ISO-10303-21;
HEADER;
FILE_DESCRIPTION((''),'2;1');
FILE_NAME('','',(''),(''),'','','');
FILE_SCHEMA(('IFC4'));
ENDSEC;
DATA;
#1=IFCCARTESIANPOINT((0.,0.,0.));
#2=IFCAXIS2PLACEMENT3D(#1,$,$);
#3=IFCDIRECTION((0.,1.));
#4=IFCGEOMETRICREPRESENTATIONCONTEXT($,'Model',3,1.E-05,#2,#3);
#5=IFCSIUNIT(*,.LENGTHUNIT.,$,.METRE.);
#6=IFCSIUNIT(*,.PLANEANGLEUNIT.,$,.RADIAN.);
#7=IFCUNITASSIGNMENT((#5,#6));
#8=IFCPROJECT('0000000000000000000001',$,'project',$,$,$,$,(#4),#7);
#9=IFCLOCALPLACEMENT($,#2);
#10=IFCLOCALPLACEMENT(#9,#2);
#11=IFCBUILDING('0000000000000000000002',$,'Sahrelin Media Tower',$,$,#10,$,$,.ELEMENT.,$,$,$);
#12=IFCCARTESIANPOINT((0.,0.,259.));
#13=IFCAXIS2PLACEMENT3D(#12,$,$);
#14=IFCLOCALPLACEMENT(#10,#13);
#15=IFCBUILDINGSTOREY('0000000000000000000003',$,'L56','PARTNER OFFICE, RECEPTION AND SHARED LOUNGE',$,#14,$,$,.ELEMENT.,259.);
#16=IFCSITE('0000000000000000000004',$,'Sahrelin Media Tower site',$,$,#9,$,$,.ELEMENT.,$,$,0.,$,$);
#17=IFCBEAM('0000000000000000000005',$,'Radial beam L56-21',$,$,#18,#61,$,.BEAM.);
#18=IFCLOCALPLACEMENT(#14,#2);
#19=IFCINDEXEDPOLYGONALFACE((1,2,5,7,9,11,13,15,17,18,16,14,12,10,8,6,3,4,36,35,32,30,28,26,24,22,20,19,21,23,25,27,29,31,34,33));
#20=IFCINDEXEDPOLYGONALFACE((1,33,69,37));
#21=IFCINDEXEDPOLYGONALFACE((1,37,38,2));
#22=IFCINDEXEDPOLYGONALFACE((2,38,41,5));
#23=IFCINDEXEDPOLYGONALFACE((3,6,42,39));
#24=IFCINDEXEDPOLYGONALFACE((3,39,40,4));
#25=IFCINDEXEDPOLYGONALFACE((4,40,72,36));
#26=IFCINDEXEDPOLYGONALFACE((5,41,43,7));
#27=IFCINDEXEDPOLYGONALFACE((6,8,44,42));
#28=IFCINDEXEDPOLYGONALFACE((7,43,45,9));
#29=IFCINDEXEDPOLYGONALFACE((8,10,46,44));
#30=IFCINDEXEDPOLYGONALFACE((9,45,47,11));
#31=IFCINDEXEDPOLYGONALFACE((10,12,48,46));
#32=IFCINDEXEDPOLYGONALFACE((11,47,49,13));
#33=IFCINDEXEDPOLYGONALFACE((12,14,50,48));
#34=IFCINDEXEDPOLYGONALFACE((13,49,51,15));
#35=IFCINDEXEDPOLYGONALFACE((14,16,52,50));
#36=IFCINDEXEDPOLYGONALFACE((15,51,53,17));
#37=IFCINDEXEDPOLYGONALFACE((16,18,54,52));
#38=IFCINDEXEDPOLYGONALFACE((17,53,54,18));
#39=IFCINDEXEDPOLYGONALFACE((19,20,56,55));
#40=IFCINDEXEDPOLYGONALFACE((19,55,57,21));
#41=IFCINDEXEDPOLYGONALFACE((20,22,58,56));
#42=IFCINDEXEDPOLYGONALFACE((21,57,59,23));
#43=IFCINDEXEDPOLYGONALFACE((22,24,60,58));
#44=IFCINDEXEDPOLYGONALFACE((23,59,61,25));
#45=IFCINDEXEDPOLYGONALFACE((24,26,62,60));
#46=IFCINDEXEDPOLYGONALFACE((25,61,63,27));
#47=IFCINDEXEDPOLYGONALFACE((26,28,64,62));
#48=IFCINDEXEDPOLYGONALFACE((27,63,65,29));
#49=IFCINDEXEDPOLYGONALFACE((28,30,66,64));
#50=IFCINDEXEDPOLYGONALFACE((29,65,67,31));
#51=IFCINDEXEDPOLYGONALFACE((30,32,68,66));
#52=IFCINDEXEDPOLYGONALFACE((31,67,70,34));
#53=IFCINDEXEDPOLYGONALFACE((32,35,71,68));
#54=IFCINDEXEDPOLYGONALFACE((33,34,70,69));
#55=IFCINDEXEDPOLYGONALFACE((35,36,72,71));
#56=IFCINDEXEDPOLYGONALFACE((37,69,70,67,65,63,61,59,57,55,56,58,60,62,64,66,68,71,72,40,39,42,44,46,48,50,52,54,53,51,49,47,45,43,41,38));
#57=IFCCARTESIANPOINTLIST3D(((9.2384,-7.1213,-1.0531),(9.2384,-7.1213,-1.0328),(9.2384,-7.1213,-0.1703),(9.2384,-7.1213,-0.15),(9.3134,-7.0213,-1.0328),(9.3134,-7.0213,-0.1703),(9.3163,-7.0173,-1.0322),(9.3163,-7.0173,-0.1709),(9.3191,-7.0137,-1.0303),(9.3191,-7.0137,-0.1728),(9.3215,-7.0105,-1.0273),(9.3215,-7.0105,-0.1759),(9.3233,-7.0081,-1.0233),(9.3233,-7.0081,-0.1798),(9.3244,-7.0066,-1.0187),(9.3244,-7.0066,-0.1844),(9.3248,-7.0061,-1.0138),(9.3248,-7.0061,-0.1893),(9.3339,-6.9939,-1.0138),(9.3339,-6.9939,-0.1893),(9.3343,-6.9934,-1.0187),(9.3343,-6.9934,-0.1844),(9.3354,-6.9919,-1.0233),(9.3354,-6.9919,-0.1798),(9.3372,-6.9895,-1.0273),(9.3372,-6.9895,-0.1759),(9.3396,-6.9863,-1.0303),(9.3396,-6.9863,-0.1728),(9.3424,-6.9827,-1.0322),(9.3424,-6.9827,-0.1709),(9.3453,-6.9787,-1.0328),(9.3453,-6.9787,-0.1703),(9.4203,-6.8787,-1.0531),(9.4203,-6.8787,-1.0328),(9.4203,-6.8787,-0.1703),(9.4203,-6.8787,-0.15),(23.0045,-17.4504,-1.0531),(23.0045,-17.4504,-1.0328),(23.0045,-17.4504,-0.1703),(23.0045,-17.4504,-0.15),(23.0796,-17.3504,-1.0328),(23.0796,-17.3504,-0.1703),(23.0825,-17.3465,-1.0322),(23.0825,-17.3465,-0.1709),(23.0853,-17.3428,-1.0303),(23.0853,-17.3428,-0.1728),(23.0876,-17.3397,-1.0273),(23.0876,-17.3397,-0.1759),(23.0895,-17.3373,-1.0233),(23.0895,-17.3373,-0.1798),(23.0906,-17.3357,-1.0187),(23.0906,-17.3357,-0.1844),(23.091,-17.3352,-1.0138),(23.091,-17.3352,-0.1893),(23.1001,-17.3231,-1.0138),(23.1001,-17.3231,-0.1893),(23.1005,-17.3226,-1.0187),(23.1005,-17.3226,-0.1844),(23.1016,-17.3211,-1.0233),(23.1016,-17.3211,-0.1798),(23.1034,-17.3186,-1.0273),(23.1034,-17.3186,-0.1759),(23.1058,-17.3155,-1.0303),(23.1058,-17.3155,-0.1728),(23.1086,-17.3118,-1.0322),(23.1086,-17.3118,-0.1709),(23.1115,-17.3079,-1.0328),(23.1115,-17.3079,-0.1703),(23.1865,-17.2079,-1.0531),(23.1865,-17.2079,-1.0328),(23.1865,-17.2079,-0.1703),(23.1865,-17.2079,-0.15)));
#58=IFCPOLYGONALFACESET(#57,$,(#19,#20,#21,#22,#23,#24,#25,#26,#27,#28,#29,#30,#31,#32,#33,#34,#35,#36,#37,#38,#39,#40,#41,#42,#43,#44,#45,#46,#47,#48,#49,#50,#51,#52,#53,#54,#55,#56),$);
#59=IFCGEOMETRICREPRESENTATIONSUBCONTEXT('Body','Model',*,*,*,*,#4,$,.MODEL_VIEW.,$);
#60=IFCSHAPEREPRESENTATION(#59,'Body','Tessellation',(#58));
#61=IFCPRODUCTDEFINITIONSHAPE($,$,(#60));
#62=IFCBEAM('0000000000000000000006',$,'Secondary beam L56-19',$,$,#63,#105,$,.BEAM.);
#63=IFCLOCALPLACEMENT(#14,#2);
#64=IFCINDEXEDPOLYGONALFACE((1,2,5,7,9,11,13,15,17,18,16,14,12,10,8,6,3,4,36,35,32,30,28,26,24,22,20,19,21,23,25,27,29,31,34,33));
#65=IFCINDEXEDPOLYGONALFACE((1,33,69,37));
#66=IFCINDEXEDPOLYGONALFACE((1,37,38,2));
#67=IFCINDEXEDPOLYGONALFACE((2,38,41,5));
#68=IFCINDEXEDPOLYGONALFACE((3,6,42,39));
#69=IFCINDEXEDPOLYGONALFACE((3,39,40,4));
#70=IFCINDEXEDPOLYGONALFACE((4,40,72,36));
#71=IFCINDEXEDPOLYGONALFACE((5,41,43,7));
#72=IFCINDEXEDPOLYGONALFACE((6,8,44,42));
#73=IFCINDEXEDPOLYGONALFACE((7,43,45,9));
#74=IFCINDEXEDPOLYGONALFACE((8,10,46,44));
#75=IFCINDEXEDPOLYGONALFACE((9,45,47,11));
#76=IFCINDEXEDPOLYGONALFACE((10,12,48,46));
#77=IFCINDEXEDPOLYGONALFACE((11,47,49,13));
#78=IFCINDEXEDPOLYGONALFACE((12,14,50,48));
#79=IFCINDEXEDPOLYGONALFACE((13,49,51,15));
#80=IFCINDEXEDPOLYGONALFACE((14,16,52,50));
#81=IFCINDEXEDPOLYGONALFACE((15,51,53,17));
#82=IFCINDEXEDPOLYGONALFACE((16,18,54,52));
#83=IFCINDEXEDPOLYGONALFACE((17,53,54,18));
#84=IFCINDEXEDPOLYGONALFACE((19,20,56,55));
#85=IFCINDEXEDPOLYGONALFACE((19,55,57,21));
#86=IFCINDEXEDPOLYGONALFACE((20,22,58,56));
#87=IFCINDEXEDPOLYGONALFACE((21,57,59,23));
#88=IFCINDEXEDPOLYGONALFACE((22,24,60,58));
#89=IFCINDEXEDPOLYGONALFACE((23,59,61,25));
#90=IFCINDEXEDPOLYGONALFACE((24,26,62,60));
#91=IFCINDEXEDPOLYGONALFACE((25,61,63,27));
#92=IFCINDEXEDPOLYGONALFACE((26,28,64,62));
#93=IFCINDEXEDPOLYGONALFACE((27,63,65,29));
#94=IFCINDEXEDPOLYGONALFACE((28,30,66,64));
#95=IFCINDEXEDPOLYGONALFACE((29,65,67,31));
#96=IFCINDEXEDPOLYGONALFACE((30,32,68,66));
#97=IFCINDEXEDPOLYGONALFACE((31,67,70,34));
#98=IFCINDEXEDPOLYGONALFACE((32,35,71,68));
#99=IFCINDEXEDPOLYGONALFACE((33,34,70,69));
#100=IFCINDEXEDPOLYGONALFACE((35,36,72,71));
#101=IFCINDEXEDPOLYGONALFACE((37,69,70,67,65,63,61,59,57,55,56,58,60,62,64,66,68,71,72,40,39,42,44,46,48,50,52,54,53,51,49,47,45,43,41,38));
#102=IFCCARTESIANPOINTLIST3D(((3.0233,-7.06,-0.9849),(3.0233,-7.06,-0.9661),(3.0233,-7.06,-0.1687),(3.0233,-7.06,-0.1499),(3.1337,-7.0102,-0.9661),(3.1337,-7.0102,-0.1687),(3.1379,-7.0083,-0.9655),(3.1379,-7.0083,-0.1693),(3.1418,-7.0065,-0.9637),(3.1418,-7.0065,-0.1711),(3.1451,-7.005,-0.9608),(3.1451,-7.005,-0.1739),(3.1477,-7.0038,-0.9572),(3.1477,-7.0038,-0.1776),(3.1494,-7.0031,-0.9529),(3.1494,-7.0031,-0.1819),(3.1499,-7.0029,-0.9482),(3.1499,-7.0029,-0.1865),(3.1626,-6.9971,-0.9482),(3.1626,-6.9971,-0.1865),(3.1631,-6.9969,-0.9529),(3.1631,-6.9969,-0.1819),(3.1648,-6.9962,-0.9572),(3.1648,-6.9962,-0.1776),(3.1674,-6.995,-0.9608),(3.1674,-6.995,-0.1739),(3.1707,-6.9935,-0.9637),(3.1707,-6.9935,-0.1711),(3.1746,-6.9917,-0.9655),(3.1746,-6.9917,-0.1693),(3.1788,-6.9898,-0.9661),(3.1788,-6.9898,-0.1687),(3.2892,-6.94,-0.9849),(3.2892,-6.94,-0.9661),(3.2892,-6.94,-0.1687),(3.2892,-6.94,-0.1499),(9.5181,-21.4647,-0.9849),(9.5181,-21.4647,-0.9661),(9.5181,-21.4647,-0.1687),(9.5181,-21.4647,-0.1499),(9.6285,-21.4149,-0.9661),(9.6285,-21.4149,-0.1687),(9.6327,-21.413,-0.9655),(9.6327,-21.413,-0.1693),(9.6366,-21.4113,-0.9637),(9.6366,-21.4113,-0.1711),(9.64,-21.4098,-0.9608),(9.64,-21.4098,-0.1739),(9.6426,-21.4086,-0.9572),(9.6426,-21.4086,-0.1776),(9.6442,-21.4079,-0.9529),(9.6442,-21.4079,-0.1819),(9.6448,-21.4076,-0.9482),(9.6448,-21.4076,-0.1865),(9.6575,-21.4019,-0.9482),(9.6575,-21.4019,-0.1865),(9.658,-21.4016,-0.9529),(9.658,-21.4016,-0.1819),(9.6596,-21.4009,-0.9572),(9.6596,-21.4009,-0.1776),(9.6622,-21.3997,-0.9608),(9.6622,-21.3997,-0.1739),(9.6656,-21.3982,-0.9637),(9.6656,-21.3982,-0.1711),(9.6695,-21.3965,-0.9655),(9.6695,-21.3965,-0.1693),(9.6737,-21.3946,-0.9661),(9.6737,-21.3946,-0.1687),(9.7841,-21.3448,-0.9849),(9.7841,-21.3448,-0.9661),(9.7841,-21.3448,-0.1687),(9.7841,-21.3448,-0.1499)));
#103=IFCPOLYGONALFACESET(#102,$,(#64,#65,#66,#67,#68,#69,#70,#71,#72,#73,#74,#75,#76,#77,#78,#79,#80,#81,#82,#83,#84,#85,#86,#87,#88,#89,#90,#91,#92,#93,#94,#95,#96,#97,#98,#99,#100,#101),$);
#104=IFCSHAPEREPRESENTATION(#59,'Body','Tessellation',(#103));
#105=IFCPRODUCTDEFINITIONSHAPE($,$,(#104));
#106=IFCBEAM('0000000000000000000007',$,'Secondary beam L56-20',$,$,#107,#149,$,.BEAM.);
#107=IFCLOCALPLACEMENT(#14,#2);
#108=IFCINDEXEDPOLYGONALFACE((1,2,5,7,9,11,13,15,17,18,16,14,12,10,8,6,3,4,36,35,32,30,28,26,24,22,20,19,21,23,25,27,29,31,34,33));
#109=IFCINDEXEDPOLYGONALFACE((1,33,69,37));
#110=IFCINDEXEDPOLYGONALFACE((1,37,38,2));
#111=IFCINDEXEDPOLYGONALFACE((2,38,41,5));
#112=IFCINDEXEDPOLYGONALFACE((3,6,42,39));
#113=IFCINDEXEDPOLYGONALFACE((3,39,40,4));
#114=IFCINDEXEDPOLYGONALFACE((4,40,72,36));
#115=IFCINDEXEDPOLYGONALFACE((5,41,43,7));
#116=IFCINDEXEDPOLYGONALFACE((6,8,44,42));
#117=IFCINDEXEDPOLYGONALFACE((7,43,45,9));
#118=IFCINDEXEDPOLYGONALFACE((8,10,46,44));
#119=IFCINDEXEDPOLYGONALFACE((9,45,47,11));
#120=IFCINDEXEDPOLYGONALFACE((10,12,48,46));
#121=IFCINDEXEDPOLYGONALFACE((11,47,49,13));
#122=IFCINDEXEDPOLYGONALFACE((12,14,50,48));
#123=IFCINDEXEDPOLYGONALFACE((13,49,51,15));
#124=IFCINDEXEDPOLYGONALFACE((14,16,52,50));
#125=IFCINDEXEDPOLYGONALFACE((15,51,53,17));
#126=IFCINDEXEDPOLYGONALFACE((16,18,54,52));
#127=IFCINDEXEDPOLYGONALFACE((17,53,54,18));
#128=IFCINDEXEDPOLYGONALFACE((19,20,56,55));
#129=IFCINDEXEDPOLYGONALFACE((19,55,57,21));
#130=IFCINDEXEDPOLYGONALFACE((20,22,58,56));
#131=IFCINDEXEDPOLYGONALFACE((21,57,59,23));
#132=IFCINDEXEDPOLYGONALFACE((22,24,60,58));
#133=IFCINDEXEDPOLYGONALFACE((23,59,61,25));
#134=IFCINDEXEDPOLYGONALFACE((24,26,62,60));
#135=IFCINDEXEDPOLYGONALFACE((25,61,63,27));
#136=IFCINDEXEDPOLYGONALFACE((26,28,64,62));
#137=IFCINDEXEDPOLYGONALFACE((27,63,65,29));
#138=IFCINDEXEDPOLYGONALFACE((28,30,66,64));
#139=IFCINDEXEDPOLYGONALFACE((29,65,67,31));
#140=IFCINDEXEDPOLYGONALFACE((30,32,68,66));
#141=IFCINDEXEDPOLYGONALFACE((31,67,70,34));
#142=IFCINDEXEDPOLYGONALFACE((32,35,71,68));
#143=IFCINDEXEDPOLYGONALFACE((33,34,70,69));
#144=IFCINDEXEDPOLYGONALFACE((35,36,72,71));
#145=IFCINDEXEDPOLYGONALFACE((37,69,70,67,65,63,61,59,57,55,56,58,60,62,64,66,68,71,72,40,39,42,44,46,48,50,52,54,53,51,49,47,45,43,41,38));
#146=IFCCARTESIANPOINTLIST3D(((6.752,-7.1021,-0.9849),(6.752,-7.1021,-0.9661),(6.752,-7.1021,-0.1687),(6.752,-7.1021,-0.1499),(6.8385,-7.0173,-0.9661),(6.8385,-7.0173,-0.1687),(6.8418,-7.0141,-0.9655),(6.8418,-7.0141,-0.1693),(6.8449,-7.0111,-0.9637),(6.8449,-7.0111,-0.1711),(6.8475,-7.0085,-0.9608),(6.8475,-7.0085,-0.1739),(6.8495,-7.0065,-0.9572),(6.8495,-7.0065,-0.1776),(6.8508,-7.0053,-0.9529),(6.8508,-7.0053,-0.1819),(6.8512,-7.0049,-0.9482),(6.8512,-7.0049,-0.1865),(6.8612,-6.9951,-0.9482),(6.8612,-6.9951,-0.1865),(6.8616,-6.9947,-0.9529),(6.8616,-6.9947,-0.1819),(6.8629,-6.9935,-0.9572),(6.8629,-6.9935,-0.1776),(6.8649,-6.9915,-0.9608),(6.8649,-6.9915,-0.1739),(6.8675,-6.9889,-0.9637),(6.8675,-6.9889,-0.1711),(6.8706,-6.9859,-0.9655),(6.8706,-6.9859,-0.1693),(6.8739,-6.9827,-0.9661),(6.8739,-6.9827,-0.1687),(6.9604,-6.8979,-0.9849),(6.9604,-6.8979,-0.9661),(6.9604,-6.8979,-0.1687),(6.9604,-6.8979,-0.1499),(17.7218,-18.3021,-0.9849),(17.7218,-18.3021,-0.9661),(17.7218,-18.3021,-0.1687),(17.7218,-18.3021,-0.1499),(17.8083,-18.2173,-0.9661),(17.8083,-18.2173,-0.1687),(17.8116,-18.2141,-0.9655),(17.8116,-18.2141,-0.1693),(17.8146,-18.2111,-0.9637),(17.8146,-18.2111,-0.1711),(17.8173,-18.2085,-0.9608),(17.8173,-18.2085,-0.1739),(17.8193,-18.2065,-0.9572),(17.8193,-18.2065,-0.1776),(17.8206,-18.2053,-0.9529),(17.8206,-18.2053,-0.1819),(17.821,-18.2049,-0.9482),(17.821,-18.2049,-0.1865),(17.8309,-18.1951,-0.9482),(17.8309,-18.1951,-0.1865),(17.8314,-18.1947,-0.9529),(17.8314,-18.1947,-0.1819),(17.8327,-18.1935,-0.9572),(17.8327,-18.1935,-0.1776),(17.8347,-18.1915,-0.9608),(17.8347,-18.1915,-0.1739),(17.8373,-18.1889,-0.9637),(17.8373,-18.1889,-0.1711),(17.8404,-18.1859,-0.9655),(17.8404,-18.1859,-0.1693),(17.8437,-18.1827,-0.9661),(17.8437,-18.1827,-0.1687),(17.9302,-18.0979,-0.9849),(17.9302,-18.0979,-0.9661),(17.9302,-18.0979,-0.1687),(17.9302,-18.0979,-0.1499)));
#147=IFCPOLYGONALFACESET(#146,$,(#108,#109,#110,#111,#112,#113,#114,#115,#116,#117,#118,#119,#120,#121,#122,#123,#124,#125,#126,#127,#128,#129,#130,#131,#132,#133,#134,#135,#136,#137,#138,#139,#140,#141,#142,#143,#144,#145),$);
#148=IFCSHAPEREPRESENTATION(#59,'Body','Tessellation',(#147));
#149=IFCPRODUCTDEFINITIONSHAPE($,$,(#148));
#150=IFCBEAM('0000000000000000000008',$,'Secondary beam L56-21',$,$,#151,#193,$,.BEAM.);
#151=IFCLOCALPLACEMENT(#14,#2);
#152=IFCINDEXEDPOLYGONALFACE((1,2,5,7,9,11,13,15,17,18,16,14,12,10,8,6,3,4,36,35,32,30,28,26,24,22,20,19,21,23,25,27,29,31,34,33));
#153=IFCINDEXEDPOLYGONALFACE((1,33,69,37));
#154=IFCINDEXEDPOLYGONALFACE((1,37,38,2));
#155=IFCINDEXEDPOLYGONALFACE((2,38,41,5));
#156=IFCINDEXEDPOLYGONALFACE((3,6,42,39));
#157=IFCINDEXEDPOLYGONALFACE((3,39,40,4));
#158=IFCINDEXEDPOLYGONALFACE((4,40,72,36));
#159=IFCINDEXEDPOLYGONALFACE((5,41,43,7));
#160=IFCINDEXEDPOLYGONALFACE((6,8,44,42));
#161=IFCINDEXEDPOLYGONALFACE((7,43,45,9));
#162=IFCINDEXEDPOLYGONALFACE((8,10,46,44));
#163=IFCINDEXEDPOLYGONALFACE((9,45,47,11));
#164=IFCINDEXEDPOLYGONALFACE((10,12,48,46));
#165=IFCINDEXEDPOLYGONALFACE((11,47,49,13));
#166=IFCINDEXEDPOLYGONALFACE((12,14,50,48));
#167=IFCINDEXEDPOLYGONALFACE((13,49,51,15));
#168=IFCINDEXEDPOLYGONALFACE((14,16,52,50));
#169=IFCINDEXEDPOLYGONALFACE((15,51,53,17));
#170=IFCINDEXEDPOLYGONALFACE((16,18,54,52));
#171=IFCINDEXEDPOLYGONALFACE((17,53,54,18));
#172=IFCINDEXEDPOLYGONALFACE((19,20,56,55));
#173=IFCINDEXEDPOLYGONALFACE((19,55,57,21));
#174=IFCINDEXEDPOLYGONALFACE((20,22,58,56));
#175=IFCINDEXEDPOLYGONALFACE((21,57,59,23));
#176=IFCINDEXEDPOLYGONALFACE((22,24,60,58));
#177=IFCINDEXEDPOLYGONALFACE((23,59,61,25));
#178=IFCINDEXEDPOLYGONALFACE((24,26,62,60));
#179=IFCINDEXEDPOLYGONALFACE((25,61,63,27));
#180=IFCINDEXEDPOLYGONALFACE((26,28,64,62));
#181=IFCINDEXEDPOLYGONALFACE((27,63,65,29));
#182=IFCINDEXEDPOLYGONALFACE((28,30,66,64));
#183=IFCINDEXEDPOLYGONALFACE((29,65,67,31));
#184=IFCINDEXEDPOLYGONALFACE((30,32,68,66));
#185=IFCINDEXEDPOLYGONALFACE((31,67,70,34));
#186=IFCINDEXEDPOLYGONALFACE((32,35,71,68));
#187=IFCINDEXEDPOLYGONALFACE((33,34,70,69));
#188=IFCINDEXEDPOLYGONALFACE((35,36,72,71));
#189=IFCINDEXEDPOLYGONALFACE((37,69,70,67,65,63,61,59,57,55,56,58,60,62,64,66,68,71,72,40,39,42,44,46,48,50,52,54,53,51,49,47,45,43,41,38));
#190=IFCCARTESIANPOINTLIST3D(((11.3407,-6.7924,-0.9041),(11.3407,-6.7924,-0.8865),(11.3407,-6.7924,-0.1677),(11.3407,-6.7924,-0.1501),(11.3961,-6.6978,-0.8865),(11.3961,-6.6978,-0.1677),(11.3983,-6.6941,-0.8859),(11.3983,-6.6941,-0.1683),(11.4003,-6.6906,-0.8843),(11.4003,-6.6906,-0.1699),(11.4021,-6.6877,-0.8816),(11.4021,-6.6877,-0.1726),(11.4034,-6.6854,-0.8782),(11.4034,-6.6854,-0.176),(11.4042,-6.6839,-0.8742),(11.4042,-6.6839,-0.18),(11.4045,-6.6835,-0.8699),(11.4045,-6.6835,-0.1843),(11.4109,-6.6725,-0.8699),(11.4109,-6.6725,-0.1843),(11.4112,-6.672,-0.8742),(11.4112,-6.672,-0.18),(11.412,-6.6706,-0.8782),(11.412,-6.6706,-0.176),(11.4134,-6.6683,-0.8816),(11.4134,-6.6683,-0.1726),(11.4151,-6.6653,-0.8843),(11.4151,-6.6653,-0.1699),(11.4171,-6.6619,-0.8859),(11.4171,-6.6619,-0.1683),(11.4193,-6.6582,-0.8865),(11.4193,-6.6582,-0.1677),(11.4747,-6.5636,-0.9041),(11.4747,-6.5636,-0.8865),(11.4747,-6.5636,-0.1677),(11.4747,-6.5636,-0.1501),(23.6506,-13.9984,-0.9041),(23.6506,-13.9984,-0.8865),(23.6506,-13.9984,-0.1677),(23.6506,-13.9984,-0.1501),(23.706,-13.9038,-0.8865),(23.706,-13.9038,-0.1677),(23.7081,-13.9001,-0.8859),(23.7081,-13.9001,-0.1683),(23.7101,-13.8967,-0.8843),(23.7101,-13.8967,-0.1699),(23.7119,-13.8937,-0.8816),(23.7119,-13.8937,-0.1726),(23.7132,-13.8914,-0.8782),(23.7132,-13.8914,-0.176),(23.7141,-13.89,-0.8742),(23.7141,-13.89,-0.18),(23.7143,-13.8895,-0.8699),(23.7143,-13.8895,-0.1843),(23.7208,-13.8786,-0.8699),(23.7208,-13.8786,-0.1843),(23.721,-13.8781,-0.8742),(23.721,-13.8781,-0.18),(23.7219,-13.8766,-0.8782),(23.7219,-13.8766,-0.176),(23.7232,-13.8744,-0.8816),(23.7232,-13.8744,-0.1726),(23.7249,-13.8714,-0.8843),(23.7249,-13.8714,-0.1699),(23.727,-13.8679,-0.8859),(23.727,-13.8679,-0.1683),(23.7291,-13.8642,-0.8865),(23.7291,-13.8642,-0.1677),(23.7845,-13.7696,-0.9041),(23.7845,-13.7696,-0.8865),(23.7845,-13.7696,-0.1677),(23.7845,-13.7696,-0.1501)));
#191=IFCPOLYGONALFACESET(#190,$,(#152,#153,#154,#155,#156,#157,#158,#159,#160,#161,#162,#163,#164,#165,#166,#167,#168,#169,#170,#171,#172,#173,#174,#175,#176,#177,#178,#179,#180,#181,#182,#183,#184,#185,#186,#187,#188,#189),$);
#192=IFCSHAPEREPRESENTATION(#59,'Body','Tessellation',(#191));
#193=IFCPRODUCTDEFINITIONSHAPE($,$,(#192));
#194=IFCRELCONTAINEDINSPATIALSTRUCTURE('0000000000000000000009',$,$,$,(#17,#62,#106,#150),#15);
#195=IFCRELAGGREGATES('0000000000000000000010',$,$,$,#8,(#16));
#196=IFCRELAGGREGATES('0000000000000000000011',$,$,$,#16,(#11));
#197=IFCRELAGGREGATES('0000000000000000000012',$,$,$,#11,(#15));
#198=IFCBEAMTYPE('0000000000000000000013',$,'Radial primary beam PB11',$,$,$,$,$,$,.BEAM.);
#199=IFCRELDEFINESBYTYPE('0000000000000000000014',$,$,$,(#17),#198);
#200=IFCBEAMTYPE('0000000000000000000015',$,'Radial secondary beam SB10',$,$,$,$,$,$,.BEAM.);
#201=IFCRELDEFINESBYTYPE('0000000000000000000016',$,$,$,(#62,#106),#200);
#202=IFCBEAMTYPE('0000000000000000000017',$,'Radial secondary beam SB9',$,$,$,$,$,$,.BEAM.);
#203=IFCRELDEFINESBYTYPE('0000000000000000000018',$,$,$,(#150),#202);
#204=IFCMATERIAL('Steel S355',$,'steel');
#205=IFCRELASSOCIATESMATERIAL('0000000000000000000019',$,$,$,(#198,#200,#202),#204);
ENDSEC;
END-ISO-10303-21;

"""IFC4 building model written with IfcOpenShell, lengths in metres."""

from ifc_helpers import new_model, si_unit, direction, frame, origin, origin_2d, place, context, subcontext, project, spatial, i_section, extrude, material, material_profile, profile_set, type_object, element, save


model = new_model("IFC4")

# Units and contexts
model_context = context("Model", 3, precision=1e-05, world=origin(), true_north=direction((0.0, 1.0)))
body_context = subcontext(model_context, "Body", "Model", "MODEL_VIEW")
ifc_project = project(units=[si_unit("LENGTHUNIT", "METRE"), si_unit("PLANEANGLEUNIT", "RADIAN")], contexts=[model_context])

# Site, building, storey
site_placement = place(None, origin())
site = spatial("IfcSite", under=ifc_project, at=site_placement, Name="Sahrelin Media Tower site", CompositionType="ELEMENT", RefElevation=0.0)
building_placement = place(site_placement, origin())
building = spatial("IfcBuilding", under=site, at=building_placement, Name="Sahrelin Media Tower", CompositionType="ELEMENT")
storey_placement = place(building_placement, frame((0.0, 0.0, 259.0)))
storey = spatial("IfcBuildingStorey", under=building, at=storey_placement, Name="L56", Description="PARTNER OFFICE, RECEPTION AND SHARED LOUNGE", CompositionType="ELEMENT", Elevation=259.0)

# Shared definitions
ifc_material_1 = material(Name="Steel S355", Category="steel")

# Beams
ifc_material_profile_1 = material_profile(ifc_material_1, i_section(OverallWidth=0.3032, OverallDepth=0.9031, WebThickness=0.0151, FlangeThickness=0.0203, FilletRadius=0.019, at=origin_2d()), Name="UB 914x305x201")
ifc_profile_set_1 = profile_set([ifc_material_profile_1], Name="Steel S355")
beam_type_1 = type_object("IfcBeamType", Name="Radial primary beam PB11", PredefinedType="BEAM", material=ifc_profile_set_1)
beam_1_placement = place(storey_placement, frame((9.3293, -7.0, -0.6016), z_axis=(0.799874, -0.600168, 0.0), x_axis=(0.600168, 0.799874, 0.0)))
element("IfcBeam", 1, at=beam_1_placement, inside=storey, type_object=beam_type_1, Name="Radial beam L56-21", PredefinedType="BEAM", context=body_context, shape_type="SweptSolid", body=[
    extrude(i_section(OverallWidth=0.3032, OverallDepth=0.9031, WebThickness=0.0151, FlangeThickness=0.0203, FilletRadius=0.019, at=origin_2d()), origin(), (0.0, 0.0, 1.0), 17.2104),
])
ifc_material_profile_2 = material_profile(ifc_material_1, i_section(OverallWidth=0.2917, OverallDepth=0.835, WebThickness=0.0139, FlangeThickness=0.0188, FilletRadius=0.0178, at=origin_2d()), Name="UB 838x292x176")
ifc_profile_set_2 = profile_set([ifc_material_profile_2], Name="Steel S355")
beam_type_2 = type_object("IfcBeamType", Name="Radial secondary beam SB10", PredefinedType="BEAM", material=ifc_profile_set_2)
beam_2_placement = place(storey_placement, frame((3.1562, -7.0, -0.5674), z_axis=(0.411034, -0.91162, 0.0), x_axis=(0.91162, 0.411034, 0.0)))
element("IfcBeam", 2, at=beam_2_placement, inside=storey, type_object=beam_type_2, Name="Secondary beam L56-19", PredefinedType="BEAM", context=body_context, shape_type="SweptSolid", body=[
    extrude(i_section(OverallWidth=0.2917, OverallDepth=0.835, WebThickness=0.0139, FlangeThickness=0.0188, FilletRadius=0.0178, at=origin_2d()), origin(), (0.0, 0.0, 1.0), 15.8013),
])
beam_3_placement = place(storey_placement, frame((6.8562, -7.0, -0.5674), z_axis=(0.699726, -0.714411, 0.0), x_axis=(0.714411, 0.699726, 0.0)))
element("IfcBeam", 3, at=beam_3_placement, inside=storey, type_object=beam_type_2, Name="Secondary beam L56-20", PredefinedType="BEAM", context=body_context, shape_type="SweptSolid", body=[
    extrude(i_section(OverallWidth=0.2917, OverallDepth=0.835, WebThickness=0.0139, FlangeThickness=0.0188, FilletRadius=0.0178, at=origin_2d()), origin(), (0.0, 0.0, 1.0), 15.6772),
])
ifc_material_profile_3 = material_profile(ifc_material_1, i_section(OverallWidth=0.2651, OverallDepth=0.7539, WebThickness=0.0127, FlangeThickness=0.0176, FilletRadius=0.0166, at=origin_2d()), Name="UB 762x267x147")
ifc_profile_set_3 = profile_set([ifc_material_profile_3], Name="Steel S355")
beam_type_3 = type_object("IfcBeamType", Name="Radial secondary beam SB9", PredefinedType="BEAM", material=ifc_profile_set_3)
beam_4_placement = place(storey_placement, frame((11.4077, -6.678, -0.5271), z_axis=(0.863005, -0.505195, 0.0), x_axis=(0.505195, 0.863005, 0.0)))
element("IfcBeam", 4, at=beam_4_placement, inside=storey, type_object=beam_type_3, Name="Secondary beam L56-21", PredefinedType="BEAM", context=body_context, shape_type="SweptSolid", body=[
    extrude(i_section(OverallWidth=0.2651, OverallDepth=0.7539, WebThickness=0.0127, FlangeThickness=0.0176, FilletRadius=0.0166, at=origin_2d()), origin(), (0.0, 0.0, 1.0), 14.2639),
])

save(model, "model.ifc")
